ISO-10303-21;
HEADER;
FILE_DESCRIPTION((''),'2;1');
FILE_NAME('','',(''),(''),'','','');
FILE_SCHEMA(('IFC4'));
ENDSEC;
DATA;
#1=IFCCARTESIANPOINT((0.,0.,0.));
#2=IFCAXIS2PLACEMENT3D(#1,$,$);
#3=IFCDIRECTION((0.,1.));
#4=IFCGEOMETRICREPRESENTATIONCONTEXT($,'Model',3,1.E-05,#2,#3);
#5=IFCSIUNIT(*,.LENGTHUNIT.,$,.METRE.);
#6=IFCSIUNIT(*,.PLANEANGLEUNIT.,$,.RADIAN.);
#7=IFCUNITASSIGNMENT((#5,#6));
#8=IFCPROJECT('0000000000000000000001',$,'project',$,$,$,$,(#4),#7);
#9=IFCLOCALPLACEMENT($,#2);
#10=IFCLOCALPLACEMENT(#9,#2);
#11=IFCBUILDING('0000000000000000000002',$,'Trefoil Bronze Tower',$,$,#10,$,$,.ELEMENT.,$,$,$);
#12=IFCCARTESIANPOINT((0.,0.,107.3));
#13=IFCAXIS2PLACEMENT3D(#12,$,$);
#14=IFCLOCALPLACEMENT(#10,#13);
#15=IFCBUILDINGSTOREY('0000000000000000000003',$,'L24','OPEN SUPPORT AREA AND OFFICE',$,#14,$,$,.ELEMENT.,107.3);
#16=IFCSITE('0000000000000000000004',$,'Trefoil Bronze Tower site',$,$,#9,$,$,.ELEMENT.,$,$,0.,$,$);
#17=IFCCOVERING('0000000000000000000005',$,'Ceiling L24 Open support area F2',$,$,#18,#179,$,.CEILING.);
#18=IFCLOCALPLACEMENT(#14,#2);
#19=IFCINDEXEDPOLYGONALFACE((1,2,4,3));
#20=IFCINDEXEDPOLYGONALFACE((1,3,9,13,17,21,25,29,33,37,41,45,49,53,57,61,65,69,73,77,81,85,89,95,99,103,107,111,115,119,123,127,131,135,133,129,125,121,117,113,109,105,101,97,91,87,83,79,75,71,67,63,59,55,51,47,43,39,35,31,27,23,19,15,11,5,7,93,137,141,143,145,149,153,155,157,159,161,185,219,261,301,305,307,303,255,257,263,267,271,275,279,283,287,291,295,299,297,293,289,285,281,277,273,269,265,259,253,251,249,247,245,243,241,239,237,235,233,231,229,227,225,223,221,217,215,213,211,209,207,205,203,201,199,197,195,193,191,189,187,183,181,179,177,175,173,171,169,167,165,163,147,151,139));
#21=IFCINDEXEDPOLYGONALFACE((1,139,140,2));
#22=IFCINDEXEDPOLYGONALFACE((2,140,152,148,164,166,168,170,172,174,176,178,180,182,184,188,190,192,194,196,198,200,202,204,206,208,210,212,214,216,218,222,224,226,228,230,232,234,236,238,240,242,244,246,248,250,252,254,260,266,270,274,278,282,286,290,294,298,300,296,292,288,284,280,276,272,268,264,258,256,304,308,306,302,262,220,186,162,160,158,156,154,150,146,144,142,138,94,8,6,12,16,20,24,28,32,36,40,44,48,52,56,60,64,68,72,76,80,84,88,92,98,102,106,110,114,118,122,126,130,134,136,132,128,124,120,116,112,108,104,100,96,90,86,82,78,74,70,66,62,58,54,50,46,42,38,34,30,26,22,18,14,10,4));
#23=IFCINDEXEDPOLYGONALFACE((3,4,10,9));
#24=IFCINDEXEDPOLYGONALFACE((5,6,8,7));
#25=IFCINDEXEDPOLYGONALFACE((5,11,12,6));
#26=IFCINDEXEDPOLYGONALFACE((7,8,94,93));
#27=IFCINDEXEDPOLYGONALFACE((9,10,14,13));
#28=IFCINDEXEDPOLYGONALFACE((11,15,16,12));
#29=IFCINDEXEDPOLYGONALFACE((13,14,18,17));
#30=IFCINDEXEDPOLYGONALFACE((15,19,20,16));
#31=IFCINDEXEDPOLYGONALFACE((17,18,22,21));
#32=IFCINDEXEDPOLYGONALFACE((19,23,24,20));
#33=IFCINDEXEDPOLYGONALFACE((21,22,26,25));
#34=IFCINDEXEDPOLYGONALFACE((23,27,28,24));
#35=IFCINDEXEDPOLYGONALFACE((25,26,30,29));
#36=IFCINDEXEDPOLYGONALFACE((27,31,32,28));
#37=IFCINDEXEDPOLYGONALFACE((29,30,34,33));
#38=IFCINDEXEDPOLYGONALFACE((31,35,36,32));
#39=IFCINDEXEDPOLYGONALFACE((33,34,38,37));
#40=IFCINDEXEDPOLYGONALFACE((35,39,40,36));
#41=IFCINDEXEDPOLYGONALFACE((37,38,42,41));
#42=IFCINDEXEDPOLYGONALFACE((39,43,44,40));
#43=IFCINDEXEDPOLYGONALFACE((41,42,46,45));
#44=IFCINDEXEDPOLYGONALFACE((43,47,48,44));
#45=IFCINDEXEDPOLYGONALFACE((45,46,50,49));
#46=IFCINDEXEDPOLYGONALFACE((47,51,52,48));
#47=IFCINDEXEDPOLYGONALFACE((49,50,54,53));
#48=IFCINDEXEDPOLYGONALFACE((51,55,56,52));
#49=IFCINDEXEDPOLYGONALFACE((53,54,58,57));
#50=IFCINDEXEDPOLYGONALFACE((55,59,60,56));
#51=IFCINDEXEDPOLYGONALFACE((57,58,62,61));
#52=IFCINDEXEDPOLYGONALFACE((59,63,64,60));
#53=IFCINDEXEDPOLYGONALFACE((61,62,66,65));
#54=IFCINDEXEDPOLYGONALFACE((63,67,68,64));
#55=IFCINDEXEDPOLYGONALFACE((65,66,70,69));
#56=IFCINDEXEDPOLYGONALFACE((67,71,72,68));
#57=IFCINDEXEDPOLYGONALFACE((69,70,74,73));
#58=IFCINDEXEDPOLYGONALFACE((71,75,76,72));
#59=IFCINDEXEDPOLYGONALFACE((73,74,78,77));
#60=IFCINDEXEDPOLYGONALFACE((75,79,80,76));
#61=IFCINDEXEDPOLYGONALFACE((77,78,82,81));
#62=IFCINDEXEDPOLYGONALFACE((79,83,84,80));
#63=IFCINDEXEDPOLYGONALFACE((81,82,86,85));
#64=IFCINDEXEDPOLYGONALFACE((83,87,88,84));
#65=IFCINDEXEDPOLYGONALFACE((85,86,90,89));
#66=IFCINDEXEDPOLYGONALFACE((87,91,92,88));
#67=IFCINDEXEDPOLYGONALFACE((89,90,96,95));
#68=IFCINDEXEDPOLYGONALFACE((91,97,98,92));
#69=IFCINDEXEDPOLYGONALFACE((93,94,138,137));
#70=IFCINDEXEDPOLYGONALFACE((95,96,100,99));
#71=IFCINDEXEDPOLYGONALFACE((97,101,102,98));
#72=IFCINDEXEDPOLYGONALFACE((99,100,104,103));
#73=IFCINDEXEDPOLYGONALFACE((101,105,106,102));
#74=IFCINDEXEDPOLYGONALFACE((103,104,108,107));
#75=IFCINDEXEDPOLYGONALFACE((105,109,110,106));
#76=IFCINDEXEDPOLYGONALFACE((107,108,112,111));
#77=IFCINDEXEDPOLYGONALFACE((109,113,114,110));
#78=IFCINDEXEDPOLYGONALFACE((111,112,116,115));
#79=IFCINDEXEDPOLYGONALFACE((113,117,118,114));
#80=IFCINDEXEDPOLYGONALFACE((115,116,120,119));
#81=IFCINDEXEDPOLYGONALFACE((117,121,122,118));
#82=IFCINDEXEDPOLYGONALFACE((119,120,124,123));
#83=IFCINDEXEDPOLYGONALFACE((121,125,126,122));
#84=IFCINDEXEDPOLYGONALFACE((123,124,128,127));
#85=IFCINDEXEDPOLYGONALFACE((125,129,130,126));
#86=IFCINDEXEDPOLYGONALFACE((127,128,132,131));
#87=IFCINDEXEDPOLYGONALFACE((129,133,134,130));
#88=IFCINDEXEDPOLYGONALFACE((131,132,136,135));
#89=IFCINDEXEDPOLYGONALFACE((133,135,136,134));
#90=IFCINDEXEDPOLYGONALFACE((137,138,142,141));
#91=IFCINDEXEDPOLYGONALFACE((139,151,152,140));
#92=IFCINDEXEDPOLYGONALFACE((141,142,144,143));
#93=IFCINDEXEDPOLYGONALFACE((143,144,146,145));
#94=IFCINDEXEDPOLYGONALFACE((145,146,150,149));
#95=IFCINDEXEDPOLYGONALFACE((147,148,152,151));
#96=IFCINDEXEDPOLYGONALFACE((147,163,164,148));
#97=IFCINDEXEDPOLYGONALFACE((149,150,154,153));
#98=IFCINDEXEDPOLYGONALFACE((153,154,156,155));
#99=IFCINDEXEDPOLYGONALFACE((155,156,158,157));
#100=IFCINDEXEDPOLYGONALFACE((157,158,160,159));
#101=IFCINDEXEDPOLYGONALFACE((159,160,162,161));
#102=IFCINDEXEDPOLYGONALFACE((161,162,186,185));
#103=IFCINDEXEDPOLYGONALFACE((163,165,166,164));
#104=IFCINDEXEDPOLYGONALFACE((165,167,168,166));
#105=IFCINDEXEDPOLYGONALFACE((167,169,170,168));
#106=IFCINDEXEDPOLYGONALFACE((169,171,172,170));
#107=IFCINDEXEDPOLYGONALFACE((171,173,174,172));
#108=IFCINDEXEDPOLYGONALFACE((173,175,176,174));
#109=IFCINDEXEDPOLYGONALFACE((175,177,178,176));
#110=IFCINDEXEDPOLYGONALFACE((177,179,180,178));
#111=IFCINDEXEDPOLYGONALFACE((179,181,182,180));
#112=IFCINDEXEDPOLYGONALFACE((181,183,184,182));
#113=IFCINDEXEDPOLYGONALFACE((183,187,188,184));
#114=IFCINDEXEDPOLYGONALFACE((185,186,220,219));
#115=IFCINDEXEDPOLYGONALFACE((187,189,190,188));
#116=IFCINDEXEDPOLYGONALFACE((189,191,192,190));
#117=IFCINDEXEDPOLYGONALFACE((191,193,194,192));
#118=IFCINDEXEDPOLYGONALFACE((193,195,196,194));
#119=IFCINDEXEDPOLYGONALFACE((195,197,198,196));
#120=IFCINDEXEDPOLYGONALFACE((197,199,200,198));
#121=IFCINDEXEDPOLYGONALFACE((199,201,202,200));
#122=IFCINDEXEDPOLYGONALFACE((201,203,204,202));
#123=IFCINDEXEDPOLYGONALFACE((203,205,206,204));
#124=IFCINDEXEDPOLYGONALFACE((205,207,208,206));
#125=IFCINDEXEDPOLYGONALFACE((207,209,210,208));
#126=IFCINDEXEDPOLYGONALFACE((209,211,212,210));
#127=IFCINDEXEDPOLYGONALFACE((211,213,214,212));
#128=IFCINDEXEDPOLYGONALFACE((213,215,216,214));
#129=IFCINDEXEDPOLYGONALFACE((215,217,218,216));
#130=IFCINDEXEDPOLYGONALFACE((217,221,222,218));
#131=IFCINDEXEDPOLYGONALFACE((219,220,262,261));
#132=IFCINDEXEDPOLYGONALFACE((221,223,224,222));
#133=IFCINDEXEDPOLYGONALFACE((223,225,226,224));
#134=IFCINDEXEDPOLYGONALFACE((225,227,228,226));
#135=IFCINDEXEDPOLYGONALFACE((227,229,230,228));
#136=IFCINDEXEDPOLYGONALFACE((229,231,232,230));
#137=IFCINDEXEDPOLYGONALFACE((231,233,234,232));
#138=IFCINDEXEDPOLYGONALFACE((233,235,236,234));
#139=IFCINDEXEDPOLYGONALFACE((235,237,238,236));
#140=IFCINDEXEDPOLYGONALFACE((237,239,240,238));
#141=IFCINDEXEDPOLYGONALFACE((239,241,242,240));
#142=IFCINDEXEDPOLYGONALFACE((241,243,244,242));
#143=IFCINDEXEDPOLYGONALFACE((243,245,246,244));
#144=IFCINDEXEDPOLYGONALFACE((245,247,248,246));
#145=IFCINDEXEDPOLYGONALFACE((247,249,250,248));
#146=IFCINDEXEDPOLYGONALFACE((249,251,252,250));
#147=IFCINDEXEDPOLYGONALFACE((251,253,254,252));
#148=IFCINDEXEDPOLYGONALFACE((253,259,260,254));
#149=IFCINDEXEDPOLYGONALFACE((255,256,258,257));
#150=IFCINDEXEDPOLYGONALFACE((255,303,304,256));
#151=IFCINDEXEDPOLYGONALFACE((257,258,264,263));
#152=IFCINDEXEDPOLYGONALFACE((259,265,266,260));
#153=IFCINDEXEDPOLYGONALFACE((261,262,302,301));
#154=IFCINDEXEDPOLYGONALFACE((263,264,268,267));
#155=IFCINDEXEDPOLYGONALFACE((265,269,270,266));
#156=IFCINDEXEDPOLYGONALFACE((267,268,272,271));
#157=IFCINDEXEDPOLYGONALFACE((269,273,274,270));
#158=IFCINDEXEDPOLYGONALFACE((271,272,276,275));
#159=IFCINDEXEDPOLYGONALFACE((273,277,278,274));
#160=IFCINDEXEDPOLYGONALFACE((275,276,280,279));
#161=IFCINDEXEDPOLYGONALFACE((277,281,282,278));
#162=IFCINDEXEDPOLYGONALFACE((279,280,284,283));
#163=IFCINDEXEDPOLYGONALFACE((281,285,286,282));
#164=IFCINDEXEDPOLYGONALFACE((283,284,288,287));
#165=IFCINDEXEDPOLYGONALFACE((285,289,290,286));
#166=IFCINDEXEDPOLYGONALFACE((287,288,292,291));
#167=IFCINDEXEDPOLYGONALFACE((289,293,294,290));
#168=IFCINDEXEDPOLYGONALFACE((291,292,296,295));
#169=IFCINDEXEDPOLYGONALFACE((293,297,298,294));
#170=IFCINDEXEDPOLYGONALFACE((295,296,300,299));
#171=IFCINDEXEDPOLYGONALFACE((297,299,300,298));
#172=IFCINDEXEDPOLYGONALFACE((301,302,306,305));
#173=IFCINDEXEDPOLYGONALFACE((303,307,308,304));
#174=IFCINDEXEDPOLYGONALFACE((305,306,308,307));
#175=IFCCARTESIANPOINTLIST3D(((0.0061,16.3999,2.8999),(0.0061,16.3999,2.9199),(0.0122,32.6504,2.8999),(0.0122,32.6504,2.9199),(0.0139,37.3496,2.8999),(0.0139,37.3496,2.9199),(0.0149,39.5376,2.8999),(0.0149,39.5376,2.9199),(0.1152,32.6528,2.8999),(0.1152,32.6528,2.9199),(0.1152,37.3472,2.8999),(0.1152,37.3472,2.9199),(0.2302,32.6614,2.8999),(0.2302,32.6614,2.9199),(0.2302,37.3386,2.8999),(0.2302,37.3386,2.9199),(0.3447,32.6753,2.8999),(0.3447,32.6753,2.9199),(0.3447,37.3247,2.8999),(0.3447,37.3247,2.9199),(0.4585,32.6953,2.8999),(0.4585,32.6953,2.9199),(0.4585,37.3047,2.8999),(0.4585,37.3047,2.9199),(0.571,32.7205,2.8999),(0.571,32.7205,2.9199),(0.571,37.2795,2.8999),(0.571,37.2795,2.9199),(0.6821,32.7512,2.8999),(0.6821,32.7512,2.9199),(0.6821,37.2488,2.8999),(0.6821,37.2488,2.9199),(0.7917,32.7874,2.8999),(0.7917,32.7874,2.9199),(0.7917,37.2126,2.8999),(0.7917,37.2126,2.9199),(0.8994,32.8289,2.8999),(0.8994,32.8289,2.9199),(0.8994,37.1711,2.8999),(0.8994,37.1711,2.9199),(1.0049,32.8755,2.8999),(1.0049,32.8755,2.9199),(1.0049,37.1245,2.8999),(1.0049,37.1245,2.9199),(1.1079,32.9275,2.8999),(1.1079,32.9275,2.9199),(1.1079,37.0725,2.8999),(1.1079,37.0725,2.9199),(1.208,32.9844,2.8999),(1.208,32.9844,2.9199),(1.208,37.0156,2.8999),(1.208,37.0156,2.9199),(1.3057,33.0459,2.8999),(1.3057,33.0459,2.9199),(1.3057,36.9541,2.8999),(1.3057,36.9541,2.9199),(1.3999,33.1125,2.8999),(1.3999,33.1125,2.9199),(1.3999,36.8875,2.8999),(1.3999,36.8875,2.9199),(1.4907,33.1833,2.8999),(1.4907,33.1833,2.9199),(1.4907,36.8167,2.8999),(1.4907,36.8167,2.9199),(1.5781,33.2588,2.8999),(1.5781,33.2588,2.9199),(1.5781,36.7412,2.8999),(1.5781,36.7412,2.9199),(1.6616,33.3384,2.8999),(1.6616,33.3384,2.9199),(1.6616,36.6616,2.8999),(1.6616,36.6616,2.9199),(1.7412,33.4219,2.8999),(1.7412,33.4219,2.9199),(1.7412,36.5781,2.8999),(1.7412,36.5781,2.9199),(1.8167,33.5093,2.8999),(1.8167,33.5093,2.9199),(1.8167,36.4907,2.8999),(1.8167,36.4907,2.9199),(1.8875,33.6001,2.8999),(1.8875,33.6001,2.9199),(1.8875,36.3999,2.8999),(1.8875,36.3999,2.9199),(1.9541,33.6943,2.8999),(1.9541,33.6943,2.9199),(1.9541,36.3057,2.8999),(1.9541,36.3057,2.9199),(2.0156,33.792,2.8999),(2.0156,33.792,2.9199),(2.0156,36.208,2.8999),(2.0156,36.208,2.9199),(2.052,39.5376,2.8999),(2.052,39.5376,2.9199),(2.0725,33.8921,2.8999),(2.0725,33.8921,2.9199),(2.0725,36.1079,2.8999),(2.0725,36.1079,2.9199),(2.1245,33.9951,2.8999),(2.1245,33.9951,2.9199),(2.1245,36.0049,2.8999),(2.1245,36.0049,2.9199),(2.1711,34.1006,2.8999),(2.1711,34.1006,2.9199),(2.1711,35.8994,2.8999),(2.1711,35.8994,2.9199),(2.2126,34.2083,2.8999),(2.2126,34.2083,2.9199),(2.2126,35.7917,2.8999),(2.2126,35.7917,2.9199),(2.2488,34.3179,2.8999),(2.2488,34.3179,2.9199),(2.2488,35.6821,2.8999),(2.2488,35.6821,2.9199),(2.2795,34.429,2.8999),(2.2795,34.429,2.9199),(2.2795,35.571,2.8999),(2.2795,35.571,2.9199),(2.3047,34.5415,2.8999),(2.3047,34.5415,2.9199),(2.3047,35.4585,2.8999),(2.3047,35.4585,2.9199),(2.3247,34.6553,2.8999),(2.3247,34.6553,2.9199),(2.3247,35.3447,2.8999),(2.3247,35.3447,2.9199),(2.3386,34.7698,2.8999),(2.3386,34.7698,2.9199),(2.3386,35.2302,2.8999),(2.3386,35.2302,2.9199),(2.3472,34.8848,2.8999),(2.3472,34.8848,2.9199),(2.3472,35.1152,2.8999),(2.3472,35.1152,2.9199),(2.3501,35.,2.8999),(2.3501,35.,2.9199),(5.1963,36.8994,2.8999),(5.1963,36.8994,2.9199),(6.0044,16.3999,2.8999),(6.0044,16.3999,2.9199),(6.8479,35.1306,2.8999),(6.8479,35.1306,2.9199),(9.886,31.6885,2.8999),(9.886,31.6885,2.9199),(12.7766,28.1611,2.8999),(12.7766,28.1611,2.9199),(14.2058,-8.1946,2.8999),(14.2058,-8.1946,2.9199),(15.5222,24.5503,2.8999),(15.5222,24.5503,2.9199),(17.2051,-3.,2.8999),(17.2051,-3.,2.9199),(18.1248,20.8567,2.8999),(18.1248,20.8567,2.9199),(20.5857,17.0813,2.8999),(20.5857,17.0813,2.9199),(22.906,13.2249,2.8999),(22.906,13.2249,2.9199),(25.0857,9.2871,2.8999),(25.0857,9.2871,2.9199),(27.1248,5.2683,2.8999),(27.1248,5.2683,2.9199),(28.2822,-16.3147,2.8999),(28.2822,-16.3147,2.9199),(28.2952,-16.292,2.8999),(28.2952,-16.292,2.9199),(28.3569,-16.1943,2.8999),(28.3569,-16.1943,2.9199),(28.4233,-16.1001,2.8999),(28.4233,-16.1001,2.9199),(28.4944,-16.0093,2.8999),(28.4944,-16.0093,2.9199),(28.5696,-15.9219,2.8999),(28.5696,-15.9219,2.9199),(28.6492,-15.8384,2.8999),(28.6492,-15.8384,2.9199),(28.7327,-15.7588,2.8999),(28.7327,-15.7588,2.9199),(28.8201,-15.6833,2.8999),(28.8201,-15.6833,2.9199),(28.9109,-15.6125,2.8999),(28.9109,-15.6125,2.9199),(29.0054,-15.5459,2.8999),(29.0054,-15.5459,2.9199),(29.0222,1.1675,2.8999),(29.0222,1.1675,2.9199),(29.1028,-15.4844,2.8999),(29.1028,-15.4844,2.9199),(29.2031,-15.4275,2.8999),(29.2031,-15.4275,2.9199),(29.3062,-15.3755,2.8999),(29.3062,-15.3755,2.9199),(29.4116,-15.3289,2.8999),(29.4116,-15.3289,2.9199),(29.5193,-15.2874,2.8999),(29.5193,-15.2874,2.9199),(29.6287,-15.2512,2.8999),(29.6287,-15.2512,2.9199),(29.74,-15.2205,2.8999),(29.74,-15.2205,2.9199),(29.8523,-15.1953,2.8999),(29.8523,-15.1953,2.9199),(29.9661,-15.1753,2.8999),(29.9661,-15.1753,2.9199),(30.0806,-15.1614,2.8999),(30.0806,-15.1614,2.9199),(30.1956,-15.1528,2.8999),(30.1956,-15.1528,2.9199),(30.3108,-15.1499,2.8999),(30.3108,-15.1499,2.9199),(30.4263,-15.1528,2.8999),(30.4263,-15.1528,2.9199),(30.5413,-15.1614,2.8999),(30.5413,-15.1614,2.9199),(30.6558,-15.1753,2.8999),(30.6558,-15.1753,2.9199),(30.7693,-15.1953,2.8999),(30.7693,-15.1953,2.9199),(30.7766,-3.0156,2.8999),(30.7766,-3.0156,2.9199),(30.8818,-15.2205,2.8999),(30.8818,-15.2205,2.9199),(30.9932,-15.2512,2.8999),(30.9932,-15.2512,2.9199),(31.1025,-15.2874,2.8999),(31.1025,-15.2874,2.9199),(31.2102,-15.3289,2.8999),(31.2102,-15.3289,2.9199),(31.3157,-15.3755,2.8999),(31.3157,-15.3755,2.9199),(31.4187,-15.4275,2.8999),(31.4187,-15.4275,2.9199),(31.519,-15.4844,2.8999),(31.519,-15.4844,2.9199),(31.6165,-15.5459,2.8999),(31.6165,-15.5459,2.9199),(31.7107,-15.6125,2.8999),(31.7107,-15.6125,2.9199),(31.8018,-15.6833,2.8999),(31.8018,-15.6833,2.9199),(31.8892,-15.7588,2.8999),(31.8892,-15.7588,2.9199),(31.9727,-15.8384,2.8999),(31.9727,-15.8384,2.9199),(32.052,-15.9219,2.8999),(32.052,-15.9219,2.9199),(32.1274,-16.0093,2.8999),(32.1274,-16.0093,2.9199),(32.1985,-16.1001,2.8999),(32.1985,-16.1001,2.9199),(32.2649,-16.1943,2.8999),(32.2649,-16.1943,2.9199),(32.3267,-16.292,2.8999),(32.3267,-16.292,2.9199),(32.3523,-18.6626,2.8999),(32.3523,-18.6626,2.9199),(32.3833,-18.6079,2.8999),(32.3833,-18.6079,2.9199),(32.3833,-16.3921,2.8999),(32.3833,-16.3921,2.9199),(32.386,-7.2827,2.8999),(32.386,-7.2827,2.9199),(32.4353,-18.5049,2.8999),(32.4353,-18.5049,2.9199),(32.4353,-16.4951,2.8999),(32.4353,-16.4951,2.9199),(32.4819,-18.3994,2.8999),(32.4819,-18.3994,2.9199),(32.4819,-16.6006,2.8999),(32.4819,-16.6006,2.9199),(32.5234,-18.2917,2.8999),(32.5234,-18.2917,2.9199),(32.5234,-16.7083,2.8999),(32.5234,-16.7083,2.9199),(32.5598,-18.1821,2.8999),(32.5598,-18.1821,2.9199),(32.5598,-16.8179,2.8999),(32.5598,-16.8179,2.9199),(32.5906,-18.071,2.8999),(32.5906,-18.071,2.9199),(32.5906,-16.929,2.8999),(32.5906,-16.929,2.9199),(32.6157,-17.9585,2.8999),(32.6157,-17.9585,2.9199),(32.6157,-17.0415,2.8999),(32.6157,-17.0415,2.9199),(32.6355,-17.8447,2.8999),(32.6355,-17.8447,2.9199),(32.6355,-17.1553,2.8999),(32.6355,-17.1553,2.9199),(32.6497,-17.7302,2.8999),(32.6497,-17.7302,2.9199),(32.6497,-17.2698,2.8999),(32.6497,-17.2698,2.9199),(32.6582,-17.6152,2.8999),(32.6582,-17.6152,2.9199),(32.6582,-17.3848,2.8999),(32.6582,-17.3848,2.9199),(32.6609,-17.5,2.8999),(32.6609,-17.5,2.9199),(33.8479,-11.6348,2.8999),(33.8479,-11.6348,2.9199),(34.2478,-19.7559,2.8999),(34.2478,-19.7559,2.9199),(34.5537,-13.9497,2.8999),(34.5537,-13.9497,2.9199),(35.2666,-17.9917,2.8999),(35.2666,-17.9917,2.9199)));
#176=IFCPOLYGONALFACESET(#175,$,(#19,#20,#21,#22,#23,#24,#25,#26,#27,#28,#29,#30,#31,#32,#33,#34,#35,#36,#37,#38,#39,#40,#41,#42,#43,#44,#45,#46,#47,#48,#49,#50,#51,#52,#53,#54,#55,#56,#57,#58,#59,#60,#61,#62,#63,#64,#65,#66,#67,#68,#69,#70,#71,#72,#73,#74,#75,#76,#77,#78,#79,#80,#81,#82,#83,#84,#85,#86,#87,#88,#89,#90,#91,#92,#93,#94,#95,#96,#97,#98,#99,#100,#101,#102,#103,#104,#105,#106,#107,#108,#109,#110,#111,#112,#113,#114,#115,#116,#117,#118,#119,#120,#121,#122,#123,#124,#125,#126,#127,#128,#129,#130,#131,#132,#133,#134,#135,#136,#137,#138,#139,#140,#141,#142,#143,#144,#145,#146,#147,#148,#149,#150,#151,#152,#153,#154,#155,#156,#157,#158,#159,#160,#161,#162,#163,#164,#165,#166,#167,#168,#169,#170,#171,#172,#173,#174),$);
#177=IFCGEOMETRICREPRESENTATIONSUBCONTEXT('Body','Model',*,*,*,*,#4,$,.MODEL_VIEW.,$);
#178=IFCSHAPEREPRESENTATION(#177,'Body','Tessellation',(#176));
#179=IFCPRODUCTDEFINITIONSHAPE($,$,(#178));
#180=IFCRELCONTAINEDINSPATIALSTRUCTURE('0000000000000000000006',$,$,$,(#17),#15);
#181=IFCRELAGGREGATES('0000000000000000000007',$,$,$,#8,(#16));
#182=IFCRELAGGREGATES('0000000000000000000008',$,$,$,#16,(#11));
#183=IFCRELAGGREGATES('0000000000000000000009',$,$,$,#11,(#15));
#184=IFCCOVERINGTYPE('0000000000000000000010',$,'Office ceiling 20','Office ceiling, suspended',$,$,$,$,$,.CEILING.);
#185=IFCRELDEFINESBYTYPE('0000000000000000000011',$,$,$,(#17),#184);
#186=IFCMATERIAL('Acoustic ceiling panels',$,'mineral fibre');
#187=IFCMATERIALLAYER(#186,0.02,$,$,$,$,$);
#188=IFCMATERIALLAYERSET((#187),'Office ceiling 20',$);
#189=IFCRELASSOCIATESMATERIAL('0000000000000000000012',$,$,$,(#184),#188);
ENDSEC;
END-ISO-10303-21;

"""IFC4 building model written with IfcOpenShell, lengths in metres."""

from ifc_helpers import new_model, si_unit, direction, frame, origin, place, context, subcontext, project, spatial, polyline, outline, extrude, material, layer, layer_set, type_object, element, save


model = new_model("IFC4")

# Units and contexts
model_context = context("Model", 3, precision=1e-05, world=origin(), true_north=direction((0.0, 1.0)))
body_context = subcontext(model_context, "Body", "Model", "MODEL_VIEW")
ifc_project = project(units=[si_unit("LENGTHUNIT", "METRE"), si_unit("PLANEANGLEUNIT", "RADIAN")], contexts=[model_context])

# Site, building, storey
site_placement = place(None, origin())
site = spatial("IfcSite", under=ifc_project, at=site_placement, Name="Trefoil Bronze Tower site", CompositionType="ELEMENT", RefElevation=0.0)
building_placement = place(site_placement, origin())
building = spatial("IfcBuilding", under=site, at=building_placement, Name="Trefoil Bronze Tower", CompositionType="ELEMENT")
storey_placement = place(building_placement, frame((0.0, 0.0, 107.3)))
storey = spatial("IfcBuildingStorey", under=building, at=storey_placement, Name="L24", Description="OPEN SUPPORT AREA AND OFFICE", CompositionType="ELEMENT", Elevation=107.3)

# Covering
ifc_material_1 = material(Name="Acoustic ceiling panels", Category="mineral fibre")
ifc_layer_1 = layer(ifc_material_1, 0.02)
ifc_layer_set_1 = layer_set([ifc_layer_1], Name="Office ceiling 20")
covering_type_1 = type_object("IfcCoveringType", Name="Office ceiling 20", Description="Office ceiling, suspended", PredefinedType="CEILING", material=ifc_layer_set_1)
covering_1_placement = place(storey_placement, frame((0.0, 0.0, 2.8999)))
element("IfcCovering", 1, at=covering_1_placement, inside=storey, type_object=covering_type_1, Name="Ceiling L24 Open support area F2", PredefinedType="CEILING", context=body_context, shape_type="SweptSolid", body=[
    extrude(outline(polyline([(6.8479, 35.1306), (9.886, 31.6885), (12.7766, 28.1611), (15.5222, 24.5503), (18.1248, 20.8567), (20.5857, 17.0813), (22.906, 13.2249), (25.0857, 9.2871), (27.1248, 5.2683), (29.0222, 1.1675), (30.7766, -3.0156), (32.386, -7.2827), (33.8479, -11.6348), (34.5537, -13.9497), (35.2666, -17.9917), (34.2478, -19.7559), (32.3523, -18.6626), (32.3833, -18.6079), (32.4353, -18.5049), (32.4819, -18.3994), (32.5234, -18.2917), (32.5598, -18.1821), (32.5906, -18.071), (32.6157, -17.9585), (32.6355, -17.8447), (32.6497, -17.7302), (32.6582, -17.6152), (32.6609, -17.5), (32.6582, -17.3848), (32.6497, -17.2698), (32.6355, -17.1553), (32.6157, -17.0415), (32.5906, -16.929), (32.5598, -16.8179), (32.5234, -16.7083), (32.4819, -16.6006), (32.4353, -16.4951), (32.3833, -16.3921), (32.3267, -16.292), (32.2649, -16.1943), (32.1985, -16.1001), (32.1274, -16.0093), (32.052, -15.9219), (31.9727, -15.8384), (31.8892, -15.7588), (31.8018, -15.6833), (31.7107, -15.6125), (31.6165, -15.5459), (31.519, -15.4844), (31.4187, -15.4275), (31.3157, -15.3755), (31.2102, -15.3289), (31.1025, -15.2874), (30.9932, -15.2512), (30.8818, -15.2205), (30.7693, -15.1953), (30.6558, -15.1753), (30.5413, -15.1614), (30.4263, -15.1528), (30.3108, -15.1499), (30.1956, -15.1528), (30.0806, -15.1614), (29.9661, -15.1753), (29.8523, -15.1953), (29.74, -15.2205), (29.6287, -15.2512), (29.5193, -15.2874), (29.4116, -15.3289), (29.3062, -15.3755), (29.2031, -15.4275), (29.1028, -15.4844), (29.0054, -15.5459), (28.9109, -15.6125), (28.8201, -15.6833), (28.7327, -15.7588), (28.6492, -15.8384), (28.5696, -15.9219), (28.4944, -16.0093), (28.4233, -16.1001), (28.3569, -16.1943), (28.2952, -16.292), (28.2822, -16.3147), (14.2058, -8.1946), (17.2051, -3.0), (6.0044, 16.3999), (0.0061, 16.3999), (0.0122, 32.6504), (0.1152, 32.6528), (0.2302, 32.6614), (0.3447, 32.6753), (0.4585, 32.6953), (0.571, 32.7205), (0.6821, 32.7512), (0.7917, 32.7874), (0.8994, 32.8289), (1.0049, 32.8755), (1.1079, 32.9275), (1.208, 32.9844), (1.3057, 33.0459), (1.3999, 33.1125), (1.4907, 33.1833), (1.5781, 33.2588), (1.6616, 33.3384), (1.7412, 33.4219), (1.8167, 33.5093), (1.8875, 33.6001), (1.9541, 33.6943), (2.0156, 33.792), (2.0725, 33.8921), (2.1245, 33.9951), (2.1711, 34.1006), (2.2126, 34.2083), (2.2488, 34.3179), (2.2795, 34.429), (2.3047, 34.5415), (2.3247, 34.6553), (2.3386, 34.7698), (2.3472, 34.8848), (2.3501, 35.0), (2.3472, 35.1152), (2.3386, 35.2302), (2.3247, 35.3447), (2.3047, 35.4585), (2.2795, 35.571), (2.2488, 35.6821), (2.2126, 35.7917), (2.1711, 35.8994), (2.1245, 36.0049), (2.0725, 36.1079), (2.0156, 36.208), (1.9541, 36.3057), (1.8875, 36.3999), (1.8167, 36.4907), (1.7412, 36.5781), (1.6616, 36.6616), (1.5781, 36.7412), (1.4907, 36.8167), (1.3999, 36.8875), (1.3057, 36.9541), (1.208, 37.0156), (1.1079, 37.0725), (1.0049, 37.1245), (0.8994, 37.1711), (0.7917, 37.2126), (0.6821, 37.2488), (0.571, 37.2795), (0.4585, 37.3047), (0.3447, 37.3247), (0.2302, 37.3386), (0.1152, 37.3472), (0.0139, 37.3496), (0.0149, 39.5376), (2.052, 39.5376), (5.1963, 36.8994), (6.8479, 35.1306)])), origin(), (0.0, 0.0, 1.0), 0.02),
])

save(model, "model.ifc")
